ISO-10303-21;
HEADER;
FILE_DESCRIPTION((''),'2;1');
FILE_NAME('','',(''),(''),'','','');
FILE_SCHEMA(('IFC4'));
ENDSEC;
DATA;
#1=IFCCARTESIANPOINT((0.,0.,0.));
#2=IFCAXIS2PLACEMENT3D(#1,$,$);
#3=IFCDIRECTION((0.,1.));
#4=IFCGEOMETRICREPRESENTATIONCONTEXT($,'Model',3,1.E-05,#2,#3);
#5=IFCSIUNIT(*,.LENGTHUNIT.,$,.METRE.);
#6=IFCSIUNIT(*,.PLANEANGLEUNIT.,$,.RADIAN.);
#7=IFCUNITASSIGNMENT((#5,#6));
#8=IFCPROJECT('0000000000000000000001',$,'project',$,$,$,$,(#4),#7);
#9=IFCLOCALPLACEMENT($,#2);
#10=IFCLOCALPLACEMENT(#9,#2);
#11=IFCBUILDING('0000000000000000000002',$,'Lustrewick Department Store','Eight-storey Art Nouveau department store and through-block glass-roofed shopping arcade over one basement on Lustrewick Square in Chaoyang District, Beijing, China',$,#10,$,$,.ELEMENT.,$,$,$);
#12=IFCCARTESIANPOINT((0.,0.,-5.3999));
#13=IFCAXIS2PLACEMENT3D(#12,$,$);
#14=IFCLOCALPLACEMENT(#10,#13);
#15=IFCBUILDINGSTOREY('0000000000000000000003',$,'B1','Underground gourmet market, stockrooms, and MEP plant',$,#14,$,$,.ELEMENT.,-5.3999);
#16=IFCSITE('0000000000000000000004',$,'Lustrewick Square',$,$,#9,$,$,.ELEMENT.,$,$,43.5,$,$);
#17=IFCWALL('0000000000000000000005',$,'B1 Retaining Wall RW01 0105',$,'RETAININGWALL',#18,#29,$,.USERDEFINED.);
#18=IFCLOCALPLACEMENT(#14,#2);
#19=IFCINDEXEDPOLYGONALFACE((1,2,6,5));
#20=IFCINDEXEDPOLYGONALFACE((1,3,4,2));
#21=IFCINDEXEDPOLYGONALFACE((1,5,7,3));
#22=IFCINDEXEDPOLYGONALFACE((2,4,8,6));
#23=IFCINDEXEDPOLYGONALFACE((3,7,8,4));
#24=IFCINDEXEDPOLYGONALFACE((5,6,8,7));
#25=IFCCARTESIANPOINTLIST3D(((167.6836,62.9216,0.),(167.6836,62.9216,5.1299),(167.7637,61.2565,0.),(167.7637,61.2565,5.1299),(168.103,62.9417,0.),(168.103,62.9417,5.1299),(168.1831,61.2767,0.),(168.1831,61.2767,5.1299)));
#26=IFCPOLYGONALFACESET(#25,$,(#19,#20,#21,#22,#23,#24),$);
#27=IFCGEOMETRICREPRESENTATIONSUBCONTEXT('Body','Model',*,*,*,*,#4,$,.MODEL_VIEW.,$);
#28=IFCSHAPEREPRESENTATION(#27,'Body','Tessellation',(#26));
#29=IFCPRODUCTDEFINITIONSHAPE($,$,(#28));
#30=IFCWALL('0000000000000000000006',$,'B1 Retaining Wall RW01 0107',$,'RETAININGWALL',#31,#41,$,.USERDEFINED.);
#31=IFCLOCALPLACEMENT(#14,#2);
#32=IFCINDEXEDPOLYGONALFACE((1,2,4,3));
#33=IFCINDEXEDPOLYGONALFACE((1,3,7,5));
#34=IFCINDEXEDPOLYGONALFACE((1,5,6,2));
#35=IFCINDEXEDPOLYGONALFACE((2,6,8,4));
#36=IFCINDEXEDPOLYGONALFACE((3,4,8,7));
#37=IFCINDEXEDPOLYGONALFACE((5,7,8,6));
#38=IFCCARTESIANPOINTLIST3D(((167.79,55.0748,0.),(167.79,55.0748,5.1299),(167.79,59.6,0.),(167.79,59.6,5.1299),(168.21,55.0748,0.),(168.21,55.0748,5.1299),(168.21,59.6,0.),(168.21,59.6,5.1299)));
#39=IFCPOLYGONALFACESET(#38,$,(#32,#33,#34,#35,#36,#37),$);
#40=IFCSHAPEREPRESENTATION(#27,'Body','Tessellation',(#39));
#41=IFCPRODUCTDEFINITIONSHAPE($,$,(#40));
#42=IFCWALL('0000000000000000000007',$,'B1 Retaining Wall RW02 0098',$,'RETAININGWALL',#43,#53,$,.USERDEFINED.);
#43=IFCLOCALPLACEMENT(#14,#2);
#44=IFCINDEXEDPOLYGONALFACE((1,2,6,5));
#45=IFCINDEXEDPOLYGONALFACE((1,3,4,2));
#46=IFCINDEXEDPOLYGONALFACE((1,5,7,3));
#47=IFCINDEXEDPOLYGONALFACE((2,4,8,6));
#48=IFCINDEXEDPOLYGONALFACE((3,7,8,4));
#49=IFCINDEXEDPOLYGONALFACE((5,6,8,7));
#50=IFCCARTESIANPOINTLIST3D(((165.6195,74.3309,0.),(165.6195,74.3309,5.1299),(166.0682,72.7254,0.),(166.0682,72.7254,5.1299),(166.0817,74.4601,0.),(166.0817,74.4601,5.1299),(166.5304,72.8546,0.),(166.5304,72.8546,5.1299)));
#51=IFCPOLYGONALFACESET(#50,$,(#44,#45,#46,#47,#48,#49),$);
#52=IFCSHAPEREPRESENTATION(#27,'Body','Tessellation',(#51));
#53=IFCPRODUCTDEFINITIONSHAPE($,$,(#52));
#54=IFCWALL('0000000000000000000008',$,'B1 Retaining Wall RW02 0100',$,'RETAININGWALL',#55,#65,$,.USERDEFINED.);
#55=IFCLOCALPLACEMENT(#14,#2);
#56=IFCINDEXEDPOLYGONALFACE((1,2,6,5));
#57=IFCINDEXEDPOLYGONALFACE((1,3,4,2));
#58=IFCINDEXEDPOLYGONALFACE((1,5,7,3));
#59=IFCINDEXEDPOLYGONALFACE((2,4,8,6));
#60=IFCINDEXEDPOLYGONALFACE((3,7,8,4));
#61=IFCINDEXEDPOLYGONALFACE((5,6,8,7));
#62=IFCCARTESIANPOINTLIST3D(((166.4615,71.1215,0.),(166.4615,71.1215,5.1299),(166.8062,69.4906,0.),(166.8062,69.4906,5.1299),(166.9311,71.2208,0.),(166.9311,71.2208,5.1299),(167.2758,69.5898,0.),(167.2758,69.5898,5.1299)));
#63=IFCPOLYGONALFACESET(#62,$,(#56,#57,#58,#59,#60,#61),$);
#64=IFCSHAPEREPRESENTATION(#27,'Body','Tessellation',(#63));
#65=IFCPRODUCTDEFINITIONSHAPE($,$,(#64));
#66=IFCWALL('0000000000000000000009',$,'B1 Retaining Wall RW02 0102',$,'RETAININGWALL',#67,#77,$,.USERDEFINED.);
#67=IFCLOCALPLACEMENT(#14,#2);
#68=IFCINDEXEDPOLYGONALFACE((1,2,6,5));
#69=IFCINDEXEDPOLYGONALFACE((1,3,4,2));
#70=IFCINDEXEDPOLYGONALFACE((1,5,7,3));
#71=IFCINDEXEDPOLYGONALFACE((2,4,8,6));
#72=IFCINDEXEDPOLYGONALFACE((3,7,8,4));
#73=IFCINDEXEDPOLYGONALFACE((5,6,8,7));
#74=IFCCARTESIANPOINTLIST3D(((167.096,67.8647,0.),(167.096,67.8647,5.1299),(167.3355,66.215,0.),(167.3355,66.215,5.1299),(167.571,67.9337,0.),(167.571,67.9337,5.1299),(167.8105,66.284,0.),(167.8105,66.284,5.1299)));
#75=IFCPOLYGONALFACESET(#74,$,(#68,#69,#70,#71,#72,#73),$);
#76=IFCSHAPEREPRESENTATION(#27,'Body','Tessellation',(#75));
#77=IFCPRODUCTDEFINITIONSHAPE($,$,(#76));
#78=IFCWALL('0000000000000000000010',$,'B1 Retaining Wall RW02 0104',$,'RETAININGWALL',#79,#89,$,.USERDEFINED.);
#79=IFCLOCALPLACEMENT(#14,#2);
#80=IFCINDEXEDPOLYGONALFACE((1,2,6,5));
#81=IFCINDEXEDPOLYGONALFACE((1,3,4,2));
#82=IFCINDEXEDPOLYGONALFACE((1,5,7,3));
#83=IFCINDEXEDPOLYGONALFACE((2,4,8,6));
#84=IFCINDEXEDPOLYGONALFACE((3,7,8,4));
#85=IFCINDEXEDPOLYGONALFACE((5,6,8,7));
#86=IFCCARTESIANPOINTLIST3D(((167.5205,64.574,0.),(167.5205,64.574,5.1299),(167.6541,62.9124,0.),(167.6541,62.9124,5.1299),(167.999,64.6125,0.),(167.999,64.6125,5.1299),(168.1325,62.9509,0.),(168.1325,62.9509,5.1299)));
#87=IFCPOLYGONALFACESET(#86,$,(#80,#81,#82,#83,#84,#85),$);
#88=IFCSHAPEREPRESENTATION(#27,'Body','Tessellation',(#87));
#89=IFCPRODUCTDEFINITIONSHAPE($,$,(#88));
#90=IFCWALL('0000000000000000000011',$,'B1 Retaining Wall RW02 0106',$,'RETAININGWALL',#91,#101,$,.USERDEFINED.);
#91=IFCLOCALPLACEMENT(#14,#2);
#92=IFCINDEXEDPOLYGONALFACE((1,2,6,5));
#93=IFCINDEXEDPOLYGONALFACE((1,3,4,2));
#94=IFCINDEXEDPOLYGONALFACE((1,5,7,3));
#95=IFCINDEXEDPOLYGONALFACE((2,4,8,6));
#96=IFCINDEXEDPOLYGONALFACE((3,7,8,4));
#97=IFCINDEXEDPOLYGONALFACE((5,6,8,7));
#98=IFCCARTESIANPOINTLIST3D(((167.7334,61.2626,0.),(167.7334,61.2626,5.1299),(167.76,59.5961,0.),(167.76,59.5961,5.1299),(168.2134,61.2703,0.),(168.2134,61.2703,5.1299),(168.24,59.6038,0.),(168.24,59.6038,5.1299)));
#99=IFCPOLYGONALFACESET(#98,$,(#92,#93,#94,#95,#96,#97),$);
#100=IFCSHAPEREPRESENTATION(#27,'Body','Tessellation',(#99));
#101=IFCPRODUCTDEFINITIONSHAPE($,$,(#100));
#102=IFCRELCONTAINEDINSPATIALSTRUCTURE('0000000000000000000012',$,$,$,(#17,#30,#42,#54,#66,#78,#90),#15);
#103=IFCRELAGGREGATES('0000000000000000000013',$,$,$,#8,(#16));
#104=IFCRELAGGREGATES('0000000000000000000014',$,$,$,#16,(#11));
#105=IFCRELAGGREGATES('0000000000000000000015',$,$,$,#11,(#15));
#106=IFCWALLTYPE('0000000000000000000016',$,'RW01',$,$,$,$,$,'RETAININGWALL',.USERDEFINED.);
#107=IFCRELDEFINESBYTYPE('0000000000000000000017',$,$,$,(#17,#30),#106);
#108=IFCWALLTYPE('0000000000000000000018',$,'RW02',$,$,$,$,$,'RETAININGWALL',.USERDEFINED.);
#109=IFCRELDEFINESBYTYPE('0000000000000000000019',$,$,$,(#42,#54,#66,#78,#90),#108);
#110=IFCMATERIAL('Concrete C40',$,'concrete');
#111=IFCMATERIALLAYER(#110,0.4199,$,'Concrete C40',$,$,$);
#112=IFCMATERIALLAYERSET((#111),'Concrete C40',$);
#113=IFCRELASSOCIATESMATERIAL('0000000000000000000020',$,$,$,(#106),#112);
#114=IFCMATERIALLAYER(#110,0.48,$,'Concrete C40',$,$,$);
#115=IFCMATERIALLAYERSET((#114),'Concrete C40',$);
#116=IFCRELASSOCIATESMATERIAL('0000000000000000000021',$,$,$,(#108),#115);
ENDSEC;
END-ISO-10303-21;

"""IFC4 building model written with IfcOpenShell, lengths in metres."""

from ifc_helpers import new_model, si_unit, direction, frame, frame_2d, origin, place, context, subcontext, project, spatial, rectangle, extrude, material, layer, layer_set, type_object, element, save


model = new_model("IFC4")

# Units and contexts
model_context = context("Model", 3, precision=1e-05, world=origin(), true_north=direction((0.0, 1.0)))
body_context = subcontext(model_context, "Body", "Model", "MODEL_VIEW")
ifc_project = project(units=[si_unit("LENGTHUNIT", "METRE"), si_unit("PLANEANGLEUNIT", "RADIAN")], contexts=[model_context])

# Site, building, storey
site_placement = place(None, origin())
site = spatial("IfcSite", under=ifc_project, at=site_placement, Name="Lustrewick Square", CompositionType="ELEMENT", RefElevation=43.5)
building_placement = place(site_placement, origin())
building = spatial("IfcBuilding", under=site, at=building_placement, Name="Lustrewick Department Store", Description="Eight-storey Art Nouveau department store and through-block glass-roofed shopping arcade over one basement on Lustrewick Square in Chaoyang District, Beijing, China", CompositionType="ELEMENT")
storey_placement = place(building_placement, frame((0.0, 0.0, -5.3999)))
storey = spatial("IfcBuildingStorey", under=building, at=storey_placement, Name="B1", Description="Underground gourmet market, stockrooms, and MEP plant", CompositionType="ELEMENT", Elevation=-5.3999)

# Shared definitions
ifc_material_1 = material(Name="Concrete C40", Category="concrete")

# Walls
ifc_layer_1 = layer(ifc_material_1, 0.4199, Name="Concrete C40")
ifc_layer_set_1 = layer_set([ifc_layer_1], Name="Concrete C40")
wall_type_1 = type_object("IfcWallType", Name="RW01", ElementType="RETAININGWALL", PredefinedType="USERDEFINED", material=ifc_layer_set_1)
wall_1_placement = place(storey_placement, frame((167.8933, 62.9316, 0.0), z_axis=(0.0, 0.0, 1.0), x_axis=(0.048038, -0.998845, 0.0)))
element("IfcWall", 1, at=wall_1_placement, inside=storey, type_object=wall_type_1, Name="B1 Retaining Wall RW01 0105", ObjectType="RETAININGWALL", PredefinedType="USERDEFINED", context=body_context, shape_type="SweptSolid", body=[
    extrude(rectangle(XDim=1.667, YDim=0.4199, at=frame_2d((0.8335, 0.0))), origin(), (0.0, 0.0, 1.0), 5.1299),
])
wall_2_placement = place(storey_placement, frame((168.0, 59.6001, 0.0), z_axis=(0.0, 0.0, 1.0), x_axis=(0.0, -1.0, 0.0)))
element("IfcWall", 2, at=wall_2_placement, inside=storey, type_object=wall_type_1, Name="B1 Retaining Wall RW01 0107", ObjectType="RETAININGWALL", PredefinedType="USERDEFINED", context=body_context, shape_type="SweptSolid", body=[
    extrude(rectangle(XDim=4.5251, YDim=0.4199, at=frame_2d((2.2627, 0.0))), origin(), (0.0, 0.0, 1.0), 5.1299),
])
ifc_layer_2 = layer(ifc_material_1, 0.48, Name="Concrete C40")
ifc_layer_set_2 = layer_set([ifc_layer_2], Name="Concrete C40")
wall_type_2 = type_object("IfcWallType", Name="RW02", ElementType="RETAININGWALL", PredefinedType="USERDEFINED", material=ifc_layer_set_2)
for number, where, z_axis, x_axis, name in (
    (3, (165.8506, 74.3955, 0.0), (0.0, 0.0, 1.0), (0.269184, -0.963089, 0.0), "B1 Retaining Wall RW02 0098"),
    (4, (166.6963, 71.1711, 0.0), (0.0, 0.0, 1.0), (0.206808, -0.978382, 0.0), "B1 Retaining Wall RW02 0100"),
    (5, (167.3335, 67.8992, 0.0), (0.0, 0.0, 1.0), (0.143676, -0.989625, 0.0), "B1 Retaining Wall RW02 0102"),
    (6, (167.7598, 64.5933, 0.0), (0.0, 0.0, 1.0), (0.080112, -0.996786, 0.0), "B1 Retaining Wall RW02 0104"),
):
    element("IfcWall", number, at=place(storey_placement, frame(where, z_axis=z_axis, x_axis=x_axis)), inside=storey, type_object=wall_type_2, Name=name, ObjectType="RETAININGWALL", PredefinedType="USERDEFINED", context=body_context, shape_type="SweptSolid", body=[
        extrude(rectangle(XDim=1.667, YDim=0.48, at=frame_2d((0.8335, 0.0))), origin(), (0.0, 0.0, 1.0), 5.1299),
    ])
wall_3_placement = place(storey_placement, frame((167.9734, 61.2666, 0.0), z_axis=(0.0, 0.0, 1.0), x_axis=(0.015966, -0.999873, 0.0)))
element("IfcWall", 7, at=wall_3_placement, inside=storey, type_object=wall_type_2, Name="B1 Retaining Wall RW02 0106", ObjectType="RETAININGWALL", PredefinedType="USERDEFINED", context=body_context, shape_type="SweptSolid", body=[
    extrude(rectangle(XDim=1.6667, YDim=0.48, at=frame_2d((0.8335, 0.0))), origin(), (0.0, 0.0, 1.0), 5.1299),
])

save(model, "model.ifc")
